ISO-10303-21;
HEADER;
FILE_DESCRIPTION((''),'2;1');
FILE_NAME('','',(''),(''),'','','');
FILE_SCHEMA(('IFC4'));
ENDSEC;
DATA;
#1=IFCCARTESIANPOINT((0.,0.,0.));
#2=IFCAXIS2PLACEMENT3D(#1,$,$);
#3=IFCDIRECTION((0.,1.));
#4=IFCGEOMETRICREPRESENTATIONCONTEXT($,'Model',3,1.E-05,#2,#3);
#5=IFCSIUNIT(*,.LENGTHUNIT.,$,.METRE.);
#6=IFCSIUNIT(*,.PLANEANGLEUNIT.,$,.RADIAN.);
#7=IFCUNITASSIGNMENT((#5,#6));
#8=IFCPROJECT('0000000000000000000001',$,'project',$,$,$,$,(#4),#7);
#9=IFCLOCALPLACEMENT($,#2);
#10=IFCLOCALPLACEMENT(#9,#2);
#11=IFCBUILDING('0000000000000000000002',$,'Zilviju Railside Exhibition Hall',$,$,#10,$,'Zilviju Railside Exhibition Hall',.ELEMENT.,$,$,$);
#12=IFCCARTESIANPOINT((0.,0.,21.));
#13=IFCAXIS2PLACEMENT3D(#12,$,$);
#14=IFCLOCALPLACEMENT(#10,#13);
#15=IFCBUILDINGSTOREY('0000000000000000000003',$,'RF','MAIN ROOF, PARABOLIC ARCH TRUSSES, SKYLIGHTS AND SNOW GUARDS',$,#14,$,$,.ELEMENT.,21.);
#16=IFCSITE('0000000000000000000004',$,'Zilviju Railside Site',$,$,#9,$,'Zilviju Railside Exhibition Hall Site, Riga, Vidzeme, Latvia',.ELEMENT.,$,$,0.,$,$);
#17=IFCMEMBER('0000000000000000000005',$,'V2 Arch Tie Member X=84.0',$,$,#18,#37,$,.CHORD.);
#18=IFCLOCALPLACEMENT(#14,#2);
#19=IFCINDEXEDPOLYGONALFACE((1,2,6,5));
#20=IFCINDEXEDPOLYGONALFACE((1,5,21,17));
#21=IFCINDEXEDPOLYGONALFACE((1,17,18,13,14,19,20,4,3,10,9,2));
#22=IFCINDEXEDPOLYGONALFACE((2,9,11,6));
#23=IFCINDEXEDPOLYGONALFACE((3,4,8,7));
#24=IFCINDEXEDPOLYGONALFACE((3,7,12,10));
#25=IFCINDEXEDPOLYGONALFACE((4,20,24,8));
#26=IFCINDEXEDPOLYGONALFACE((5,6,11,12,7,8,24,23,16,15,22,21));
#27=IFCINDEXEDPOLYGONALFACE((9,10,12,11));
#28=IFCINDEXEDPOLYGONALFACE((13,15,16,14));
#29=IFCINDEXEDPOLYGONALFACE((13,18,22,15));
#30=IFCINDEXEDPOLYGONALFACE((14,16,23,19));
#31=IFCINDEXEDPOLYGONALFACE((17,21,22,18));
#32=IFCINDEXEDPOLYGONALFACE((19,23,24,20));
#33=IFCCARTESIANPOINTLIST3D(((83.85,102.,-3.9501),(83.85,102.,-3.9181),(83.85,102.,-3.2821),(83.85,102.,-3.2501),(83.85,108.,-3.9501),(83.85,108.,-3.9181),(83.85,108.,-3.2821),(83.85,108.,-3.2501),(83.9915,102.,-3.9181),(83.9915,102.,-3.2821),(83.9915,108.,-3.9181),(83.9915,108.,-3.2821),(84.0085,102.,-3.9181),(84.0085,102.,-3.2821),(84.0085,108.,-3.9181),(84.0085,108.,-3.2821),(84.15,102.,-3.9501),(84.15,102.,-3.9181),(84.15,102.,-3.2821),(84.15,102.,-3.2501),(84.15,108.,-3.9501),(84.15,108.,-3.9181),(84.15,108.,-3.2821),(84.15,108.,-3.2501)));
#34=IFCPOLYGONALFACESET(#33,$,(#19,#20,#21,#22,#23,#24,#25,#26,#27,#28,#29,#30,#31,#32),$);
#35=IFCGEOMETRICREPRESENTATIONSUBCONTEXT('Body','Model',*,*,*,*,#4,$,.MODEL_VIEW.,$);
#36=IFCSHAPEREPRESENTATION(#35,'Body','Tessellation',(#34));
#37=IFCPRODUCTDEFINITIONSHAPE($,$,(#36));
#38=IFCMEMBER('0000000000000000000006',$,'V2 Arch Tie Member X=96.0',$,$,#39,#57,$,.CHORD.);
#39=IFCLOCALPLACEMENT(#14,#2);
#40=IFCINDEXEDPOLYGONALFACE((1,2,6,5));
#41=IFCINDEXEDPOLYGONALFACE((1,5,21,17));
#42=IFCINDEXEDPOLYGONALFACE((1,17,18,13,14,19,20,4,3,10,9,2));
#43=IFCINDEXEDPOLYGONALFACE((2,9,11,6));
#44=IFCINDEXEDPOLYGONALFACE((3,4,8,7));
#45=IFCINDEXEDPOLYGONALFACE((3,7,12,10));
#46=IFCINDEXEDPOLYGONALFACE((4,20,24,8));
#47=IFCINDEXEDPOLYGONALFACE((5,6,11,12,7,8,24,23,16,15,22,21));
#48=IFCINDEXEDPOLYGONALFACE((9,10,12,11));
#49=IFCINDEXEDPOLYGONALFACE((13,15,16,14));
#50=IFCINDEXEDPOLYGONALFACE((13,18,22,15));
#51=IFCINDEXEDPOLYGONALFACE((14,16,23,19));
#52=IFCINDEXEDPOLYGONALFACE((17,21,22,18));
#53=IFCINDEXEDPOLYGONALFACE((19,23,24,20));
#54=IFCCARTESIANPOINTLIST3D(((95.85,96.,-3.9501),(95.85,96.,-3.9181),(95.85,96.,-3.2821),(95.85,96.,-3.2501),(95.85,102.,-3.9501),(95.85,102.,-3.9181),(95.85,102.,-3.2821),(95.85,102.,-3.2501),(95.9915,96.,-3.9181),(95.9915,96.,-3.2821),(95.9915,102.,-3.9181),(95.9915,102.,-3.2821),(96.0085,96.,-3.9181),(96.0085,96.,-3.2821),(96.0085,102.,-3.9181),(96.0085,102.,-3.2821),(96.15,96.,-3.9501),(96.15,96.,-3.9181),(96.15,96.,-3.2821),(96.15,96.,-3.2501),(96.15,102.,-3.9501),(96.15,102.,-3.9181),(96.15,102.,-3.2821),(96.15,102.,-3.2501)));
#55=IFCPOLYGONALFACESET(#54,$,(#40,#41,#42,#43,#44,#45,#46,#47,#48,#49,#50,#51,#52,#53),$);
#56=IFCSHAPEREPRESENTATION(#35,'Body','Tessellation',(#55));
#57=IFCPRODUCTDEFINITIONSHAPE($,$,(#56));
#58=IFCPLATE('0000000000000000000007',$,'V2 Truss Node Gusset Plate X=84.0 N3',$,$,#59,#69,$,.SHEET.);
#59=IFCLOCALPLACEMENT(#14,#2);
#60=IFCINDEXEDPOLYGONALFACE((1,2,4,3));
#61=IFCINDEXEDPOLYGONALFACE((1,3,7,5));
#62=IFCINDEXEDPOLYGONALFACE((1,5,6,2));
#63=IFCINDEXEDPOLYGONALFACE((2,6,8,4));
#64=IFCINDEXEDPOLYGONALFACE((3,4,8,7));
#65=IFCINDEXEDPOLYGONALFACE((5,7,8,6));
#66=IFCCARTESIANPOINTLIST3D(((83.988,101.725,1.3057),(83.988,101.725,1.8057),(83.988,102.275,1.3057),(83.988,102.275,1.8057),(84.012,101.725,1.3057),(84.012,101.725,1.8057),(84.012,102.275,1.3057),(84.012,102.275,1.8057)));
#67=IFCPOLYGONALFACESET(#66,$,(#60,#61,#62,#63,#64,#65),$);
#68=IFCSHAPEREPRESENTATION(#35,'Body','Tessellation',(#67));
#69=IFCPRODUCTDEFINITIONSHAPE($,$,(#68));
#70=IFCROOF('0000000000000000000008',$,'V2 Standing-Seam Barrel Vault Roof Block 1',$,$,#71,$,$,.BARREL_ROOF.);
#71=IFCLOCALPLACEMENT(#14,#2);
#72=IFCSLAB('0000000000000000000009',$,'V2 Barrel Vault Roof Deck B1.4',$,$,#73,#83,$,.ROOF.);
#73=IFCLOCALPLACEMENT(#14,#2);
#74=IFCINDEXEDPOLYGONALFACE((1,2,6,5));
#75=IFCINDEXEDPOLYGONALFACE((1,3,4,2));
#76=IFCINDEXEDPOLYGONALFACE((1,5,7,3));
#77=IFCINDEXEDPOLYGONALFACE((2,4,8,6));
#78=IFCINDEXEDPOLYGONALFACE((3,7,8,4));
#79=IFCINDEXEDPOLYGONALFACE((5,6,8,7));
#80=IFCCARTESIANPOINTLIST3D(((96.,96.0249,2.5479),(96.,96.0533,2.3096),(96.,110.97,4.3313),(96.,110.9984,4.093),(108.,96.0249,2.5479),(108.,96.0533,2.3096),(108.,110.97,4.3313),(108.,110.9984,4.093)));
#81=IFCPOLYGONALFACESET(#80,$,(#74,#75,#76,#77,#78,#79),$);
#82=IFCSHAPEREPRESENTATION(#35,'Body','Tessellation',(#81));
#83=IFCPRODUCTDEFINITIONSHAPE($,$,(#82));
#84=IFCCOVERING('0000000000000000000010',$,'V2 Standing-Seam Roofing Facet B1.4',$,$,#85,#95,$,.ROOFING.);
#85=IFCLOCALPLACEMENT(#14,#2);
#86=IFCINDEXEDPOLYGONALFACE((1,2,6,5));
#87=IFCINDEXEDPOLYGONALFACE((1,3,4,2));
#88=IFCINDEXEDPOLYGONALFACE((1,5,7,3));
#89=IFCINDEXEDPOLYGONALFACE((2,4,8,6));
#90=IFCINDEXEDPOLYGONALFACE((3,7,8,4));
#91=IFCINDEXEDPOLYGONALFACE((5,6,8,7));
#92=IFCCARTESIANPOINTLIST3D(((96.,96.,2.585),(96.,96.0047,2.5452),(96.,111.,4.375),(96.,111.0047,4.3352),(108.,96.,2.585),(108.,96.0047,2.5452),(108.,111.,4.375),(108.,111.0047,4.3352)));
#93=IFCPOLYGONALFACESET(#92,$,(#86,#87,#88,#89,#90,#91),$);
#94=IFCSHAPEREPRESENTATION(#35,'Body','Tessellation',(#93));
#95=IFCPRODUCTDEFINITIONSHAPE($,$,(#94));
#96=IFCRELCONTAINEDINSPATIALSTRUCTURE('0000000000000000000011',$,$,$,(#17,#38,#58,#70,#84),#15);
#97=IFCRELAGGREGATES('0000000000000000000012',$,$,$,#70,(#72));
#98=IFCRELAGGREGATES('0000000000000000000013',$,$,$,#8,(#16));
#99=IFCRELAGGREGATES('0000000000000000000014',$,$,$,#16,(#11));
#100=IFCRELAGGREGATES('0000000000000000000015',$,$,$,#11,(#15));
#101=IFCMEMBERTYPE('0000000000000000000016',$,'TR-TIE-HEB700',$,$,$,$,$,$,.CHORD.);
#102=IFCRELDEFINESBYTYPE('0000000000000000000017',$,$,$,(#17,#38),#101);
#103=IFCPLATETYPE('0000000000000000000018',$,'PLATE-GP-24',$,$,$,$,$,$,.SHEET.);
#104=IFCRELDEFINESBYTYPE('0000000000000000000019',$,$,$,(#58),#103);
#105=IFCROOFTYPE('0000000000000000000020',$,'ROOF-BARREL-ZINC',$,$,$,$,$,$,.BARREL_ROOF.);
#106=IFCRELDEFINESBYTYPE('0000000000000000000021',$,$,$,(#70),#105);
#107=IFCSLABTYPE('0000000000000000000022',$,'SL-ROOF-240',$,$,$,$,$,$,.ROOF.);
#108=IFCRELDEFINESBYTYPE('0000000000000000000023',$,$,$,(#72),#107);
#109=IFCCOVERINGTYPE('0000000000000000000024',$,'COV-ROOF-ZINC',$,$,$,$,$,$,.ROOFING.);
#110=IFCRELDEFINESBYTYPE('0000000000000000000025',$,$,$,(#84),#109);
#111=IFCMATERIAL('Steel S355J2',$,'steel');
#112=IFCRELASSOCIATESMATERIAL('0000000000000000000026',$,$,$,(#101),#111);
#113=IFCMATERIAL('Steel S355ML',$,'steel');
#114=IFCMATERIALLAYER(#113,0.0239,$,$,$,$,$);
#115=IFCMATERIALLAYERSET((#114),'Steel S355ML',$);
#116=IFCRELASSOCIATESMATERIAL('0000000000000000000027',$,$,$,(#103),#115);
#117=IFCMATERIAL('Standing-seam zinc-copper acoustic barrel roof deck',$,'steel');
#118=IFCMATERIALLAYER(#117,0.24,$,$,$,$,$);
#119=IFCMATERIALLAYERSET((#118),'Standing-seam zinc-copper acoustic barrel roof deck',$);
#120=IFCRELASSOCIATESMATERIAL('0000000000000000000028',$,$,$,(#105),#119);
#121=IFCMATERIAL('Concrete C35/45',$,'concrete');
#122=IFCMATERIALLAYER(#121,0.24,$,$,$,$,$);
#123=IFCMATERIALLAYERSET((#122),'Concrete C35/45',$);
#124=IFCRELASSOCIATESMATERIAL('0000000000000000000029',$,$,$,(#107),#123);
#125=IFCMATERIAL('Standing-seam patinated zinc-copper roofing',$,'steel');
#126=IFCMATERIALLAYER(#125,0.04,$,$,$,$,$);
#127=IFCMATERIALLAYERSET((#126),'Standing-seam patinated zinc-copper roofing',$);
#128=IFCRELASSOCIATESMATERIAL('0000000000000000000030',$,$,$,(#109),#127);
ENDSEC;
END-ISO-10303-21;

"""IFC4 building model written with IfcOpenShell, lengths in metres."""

from ifc_helpers import new_model, si_unit, direction, frame, origin, origin_2d, place, context, subcontext, project, spatial, polyline, rectangle, i_section, outline, extrude, material, layer, layer_set, material_profile, profile_set, type_object, element, aggregate, save


model = new_model("IFC4")

# Units and contexts
model_context = context("Model", 3, precision=1e-05, world=origin(), true_north=direction((0.0, 1.0)))
body_context = subcontext(model_context, "Body", "Model", "MODEL_VIEW")
ifc_project = project(units=[si_unit("LENGTHUNIT", "METRE"), si_unit("PLANEANGLEUNIT", "RADIAN")], contexts=[model_context])

# Site, building, storey
site_placement = place(None, origin())
site = spatial("IfcSite", under=ifc_project, at=site_placement, Name="Zilviju Railside Site", LongName="Zilviju Railside Exhibition Hall Site, Riga, Vidzeme, Latvia", CompositionType="ELEMENT", RefElevation=0.0)
building_placement = place(site_placement, origin())
building = spatial("IfcBuilding", under=site, at=building_placement, Name="Zilviju Railside Exhibition Hall", LongName="Zilviju Railside Exhibition Hall", CompositionType="ELEMENT")
storey_placement = place(building_placement, frame((0.0, 0.0, 21.0)))
storey = spatial("IfcBuildingStorey", under=building, at=storey_placement, Name="RF", Description="MAIN ROOF, PARABOLIC ARCH TRUSSES, SKYLIGHTS AND SNOW GUARDS", CompositionType="ELEMENT", Elevation=21.0)

# Members
ifc_material_1 = material(Name="Steel S355J2", Category="steel")
ifc_material_profile_1 = material_profile(ifc_material_1, i_section(OverallWidth=0.3, OverallDepth=0.7, WebThickness=0.0171, FlangeThickness=0.032, at=origin_2d()), Name="HEB 700")
ifc_profile_set_1 = profile_set([ifc_material_profile_1], Name="Steel S355J2")
member_type_1 = type_object("IfcMemberType", Name="TR-TIE-HEB700", PredefinedType="CHORD", material=ifc_profile_set_1)
for number, where, z_axis, x_axis, name in (
    (1, (84.0, 102.0, -3.6001), (0.0, 1.0, 0.0), (-1.0, 0.0, 0.0), "V2 Arch Tie Member X=84.0"),
    (2, (96.0, 96.0, -3.6001), (0.0, 1.0, 0.0), (-1.0, 0.0, 0.0), "V2 Arch Tie Member X=96.0"),
):
    element("IfcMember", number, at=place(storey_placement, frame(where, z_axis=z_axis, x_axis=x_axis)), inside=storey, type_object=member_type_1, Name=name, PredefinedType="CHORD", context=body_context, shape_type="SweptSolid", body=[
        extrude(i_section(OverallWidth=0.3, OverallDepth=0.7, WebThickness=0.0171, FlangeThickness=0.032, at=origin_2d()), origin(), (0.0, 0.0, 1.0), 6.0),
    ])

# Plate
ifc_material_2 = material(Name="Steel S355ML", Category="steel")
ifc_layer_1 = layer(ifc_material_2, 0.0239)
ifc_layer_set_1 = layer_set([ifc_layer_1], Name="Steel S355ML")
plate_type = type_object("IfcPlateType", Name="PLATE-GP-24", PredefinedType="SHEET", material=ifc_layer_set_1)
plate_placement = place(storey_placement, frame((84.0, 102.0, 1.3057), z_axis=(0.0, 0.0, 1.0), x_axis=(1.0, 0.0, 0.0)))
element("IfcPlate", 3, at=plate_placement, inside=storey, type_object=plate_type, Name="V2 Truss Node Gusset Plate X=84.0 N3", PredefinedType="SHEET", context=body_context, shape_type="SweptSolid", body=[
    extrude(rectangle(XDim=0.0239, YDim=0.55, at=origin_2d()), origin(), (0.0, 0.0, 1.0), 0.5),
])

# Roof, slab
ifc_material_3 = material(Name="Standing-seam zinc-copper acoustic barrel roof deck", Category="steel")
ifc_layer_2 = layer(ifc_material_3, 0.24)
ifc_layer_set_2 = layer_set([ifc_layer_2], Name="Standing-seam zinc-copper acoustic barrel roof deck")
roof_type = type_object("IfcRoofType", Name="ROOF-BARREL-ZINC", PredefinedType="BARREL_ROOF", material=ifc_layer_set_2)
roof_placement = place(storey_placement, origin())
roof = element("IfcRoof", 4, at=roof_placement, inside=storey, type_object=roof_type, Name="V2 Standing-Seam Barrel Vault Roof Block 1", PredefinedType="BARREL_ROOF")
ifc_material_4 = material(Name="Concrete C35/45", Category="concrete")
ifc_layer_3 = layer(ifc_material_4, 0.24)
ifc_layer_set_3 = layer_set([ifc_layer_3], Name="Concrete C35/45")
slab_type = type_object("IfcSlabType", Name="SL-ROOF-240", PredefinedType="ROOF", material=ifc_layer_set_3)
slab_placement = place(storey_placement, frame((96.0, 96.0249, 2.5479), z_axis=(0.0, -0.118493, 0.992955), x_axis=(1.0, 0.0, 0.0)))
slab = element("IfcSlab", 5, at=slab_placement, type_object=slab_type, Name="V2 Barrel Vault Roof Deck B1.4", PredefinedType="ROOF", context=body_context, shape_type="SweptSolid", body=[
    extrude(outline(polyline([(0.0, 0.0), (12.0, 0.0), (12.0, 15.0511), (0.0, 15.0511), (0.0, 0.0)])), origin(), (0.0, 0.0, -1.0), 0.24),
])
aggregate(roof, [slab])

# Covering
ifc_material_5 = material(Name="Standing-seam patinated zinc-copper roofing", Category="steel")
ifc_layer_4 = layer(ifc_material_5, 0.04)
ifc_layer_set_4 = layer_set([ifc_layer_4], Name="Standing-seam patinated zinc-copper roofing")
covering_type = type_object("IfcCoveringType", Name="COV-ROOF-ZINC", PredefinedType="ROOFING", material=ifc_layer_set_4)
covering_placement = place(storey_placement, frame((96.0, 96.0, 2.585), z_axis=(0.0, -0.118495, 0.992955), x_axis=(1.0, 0.0, 0.0)))
element("IfcCovering", 6, at=covering_placement, inside=storey, type_object=covering_type, Name="V2 Standing-Seam Roofing Facet B1.4", PredefinedType="ROOFING", context=body_context, shape_type="SweptSolid", body=[
    extrude(outline(polyline([(0.0, 0.0), (12.0, 0.0), (12.0, 15.1064), (0.0, 15.1064), (0.0, 0.0)])), origin(), (0.0, 0.0, -1.0), 0.04),
])

save(model, "model.ifc")
